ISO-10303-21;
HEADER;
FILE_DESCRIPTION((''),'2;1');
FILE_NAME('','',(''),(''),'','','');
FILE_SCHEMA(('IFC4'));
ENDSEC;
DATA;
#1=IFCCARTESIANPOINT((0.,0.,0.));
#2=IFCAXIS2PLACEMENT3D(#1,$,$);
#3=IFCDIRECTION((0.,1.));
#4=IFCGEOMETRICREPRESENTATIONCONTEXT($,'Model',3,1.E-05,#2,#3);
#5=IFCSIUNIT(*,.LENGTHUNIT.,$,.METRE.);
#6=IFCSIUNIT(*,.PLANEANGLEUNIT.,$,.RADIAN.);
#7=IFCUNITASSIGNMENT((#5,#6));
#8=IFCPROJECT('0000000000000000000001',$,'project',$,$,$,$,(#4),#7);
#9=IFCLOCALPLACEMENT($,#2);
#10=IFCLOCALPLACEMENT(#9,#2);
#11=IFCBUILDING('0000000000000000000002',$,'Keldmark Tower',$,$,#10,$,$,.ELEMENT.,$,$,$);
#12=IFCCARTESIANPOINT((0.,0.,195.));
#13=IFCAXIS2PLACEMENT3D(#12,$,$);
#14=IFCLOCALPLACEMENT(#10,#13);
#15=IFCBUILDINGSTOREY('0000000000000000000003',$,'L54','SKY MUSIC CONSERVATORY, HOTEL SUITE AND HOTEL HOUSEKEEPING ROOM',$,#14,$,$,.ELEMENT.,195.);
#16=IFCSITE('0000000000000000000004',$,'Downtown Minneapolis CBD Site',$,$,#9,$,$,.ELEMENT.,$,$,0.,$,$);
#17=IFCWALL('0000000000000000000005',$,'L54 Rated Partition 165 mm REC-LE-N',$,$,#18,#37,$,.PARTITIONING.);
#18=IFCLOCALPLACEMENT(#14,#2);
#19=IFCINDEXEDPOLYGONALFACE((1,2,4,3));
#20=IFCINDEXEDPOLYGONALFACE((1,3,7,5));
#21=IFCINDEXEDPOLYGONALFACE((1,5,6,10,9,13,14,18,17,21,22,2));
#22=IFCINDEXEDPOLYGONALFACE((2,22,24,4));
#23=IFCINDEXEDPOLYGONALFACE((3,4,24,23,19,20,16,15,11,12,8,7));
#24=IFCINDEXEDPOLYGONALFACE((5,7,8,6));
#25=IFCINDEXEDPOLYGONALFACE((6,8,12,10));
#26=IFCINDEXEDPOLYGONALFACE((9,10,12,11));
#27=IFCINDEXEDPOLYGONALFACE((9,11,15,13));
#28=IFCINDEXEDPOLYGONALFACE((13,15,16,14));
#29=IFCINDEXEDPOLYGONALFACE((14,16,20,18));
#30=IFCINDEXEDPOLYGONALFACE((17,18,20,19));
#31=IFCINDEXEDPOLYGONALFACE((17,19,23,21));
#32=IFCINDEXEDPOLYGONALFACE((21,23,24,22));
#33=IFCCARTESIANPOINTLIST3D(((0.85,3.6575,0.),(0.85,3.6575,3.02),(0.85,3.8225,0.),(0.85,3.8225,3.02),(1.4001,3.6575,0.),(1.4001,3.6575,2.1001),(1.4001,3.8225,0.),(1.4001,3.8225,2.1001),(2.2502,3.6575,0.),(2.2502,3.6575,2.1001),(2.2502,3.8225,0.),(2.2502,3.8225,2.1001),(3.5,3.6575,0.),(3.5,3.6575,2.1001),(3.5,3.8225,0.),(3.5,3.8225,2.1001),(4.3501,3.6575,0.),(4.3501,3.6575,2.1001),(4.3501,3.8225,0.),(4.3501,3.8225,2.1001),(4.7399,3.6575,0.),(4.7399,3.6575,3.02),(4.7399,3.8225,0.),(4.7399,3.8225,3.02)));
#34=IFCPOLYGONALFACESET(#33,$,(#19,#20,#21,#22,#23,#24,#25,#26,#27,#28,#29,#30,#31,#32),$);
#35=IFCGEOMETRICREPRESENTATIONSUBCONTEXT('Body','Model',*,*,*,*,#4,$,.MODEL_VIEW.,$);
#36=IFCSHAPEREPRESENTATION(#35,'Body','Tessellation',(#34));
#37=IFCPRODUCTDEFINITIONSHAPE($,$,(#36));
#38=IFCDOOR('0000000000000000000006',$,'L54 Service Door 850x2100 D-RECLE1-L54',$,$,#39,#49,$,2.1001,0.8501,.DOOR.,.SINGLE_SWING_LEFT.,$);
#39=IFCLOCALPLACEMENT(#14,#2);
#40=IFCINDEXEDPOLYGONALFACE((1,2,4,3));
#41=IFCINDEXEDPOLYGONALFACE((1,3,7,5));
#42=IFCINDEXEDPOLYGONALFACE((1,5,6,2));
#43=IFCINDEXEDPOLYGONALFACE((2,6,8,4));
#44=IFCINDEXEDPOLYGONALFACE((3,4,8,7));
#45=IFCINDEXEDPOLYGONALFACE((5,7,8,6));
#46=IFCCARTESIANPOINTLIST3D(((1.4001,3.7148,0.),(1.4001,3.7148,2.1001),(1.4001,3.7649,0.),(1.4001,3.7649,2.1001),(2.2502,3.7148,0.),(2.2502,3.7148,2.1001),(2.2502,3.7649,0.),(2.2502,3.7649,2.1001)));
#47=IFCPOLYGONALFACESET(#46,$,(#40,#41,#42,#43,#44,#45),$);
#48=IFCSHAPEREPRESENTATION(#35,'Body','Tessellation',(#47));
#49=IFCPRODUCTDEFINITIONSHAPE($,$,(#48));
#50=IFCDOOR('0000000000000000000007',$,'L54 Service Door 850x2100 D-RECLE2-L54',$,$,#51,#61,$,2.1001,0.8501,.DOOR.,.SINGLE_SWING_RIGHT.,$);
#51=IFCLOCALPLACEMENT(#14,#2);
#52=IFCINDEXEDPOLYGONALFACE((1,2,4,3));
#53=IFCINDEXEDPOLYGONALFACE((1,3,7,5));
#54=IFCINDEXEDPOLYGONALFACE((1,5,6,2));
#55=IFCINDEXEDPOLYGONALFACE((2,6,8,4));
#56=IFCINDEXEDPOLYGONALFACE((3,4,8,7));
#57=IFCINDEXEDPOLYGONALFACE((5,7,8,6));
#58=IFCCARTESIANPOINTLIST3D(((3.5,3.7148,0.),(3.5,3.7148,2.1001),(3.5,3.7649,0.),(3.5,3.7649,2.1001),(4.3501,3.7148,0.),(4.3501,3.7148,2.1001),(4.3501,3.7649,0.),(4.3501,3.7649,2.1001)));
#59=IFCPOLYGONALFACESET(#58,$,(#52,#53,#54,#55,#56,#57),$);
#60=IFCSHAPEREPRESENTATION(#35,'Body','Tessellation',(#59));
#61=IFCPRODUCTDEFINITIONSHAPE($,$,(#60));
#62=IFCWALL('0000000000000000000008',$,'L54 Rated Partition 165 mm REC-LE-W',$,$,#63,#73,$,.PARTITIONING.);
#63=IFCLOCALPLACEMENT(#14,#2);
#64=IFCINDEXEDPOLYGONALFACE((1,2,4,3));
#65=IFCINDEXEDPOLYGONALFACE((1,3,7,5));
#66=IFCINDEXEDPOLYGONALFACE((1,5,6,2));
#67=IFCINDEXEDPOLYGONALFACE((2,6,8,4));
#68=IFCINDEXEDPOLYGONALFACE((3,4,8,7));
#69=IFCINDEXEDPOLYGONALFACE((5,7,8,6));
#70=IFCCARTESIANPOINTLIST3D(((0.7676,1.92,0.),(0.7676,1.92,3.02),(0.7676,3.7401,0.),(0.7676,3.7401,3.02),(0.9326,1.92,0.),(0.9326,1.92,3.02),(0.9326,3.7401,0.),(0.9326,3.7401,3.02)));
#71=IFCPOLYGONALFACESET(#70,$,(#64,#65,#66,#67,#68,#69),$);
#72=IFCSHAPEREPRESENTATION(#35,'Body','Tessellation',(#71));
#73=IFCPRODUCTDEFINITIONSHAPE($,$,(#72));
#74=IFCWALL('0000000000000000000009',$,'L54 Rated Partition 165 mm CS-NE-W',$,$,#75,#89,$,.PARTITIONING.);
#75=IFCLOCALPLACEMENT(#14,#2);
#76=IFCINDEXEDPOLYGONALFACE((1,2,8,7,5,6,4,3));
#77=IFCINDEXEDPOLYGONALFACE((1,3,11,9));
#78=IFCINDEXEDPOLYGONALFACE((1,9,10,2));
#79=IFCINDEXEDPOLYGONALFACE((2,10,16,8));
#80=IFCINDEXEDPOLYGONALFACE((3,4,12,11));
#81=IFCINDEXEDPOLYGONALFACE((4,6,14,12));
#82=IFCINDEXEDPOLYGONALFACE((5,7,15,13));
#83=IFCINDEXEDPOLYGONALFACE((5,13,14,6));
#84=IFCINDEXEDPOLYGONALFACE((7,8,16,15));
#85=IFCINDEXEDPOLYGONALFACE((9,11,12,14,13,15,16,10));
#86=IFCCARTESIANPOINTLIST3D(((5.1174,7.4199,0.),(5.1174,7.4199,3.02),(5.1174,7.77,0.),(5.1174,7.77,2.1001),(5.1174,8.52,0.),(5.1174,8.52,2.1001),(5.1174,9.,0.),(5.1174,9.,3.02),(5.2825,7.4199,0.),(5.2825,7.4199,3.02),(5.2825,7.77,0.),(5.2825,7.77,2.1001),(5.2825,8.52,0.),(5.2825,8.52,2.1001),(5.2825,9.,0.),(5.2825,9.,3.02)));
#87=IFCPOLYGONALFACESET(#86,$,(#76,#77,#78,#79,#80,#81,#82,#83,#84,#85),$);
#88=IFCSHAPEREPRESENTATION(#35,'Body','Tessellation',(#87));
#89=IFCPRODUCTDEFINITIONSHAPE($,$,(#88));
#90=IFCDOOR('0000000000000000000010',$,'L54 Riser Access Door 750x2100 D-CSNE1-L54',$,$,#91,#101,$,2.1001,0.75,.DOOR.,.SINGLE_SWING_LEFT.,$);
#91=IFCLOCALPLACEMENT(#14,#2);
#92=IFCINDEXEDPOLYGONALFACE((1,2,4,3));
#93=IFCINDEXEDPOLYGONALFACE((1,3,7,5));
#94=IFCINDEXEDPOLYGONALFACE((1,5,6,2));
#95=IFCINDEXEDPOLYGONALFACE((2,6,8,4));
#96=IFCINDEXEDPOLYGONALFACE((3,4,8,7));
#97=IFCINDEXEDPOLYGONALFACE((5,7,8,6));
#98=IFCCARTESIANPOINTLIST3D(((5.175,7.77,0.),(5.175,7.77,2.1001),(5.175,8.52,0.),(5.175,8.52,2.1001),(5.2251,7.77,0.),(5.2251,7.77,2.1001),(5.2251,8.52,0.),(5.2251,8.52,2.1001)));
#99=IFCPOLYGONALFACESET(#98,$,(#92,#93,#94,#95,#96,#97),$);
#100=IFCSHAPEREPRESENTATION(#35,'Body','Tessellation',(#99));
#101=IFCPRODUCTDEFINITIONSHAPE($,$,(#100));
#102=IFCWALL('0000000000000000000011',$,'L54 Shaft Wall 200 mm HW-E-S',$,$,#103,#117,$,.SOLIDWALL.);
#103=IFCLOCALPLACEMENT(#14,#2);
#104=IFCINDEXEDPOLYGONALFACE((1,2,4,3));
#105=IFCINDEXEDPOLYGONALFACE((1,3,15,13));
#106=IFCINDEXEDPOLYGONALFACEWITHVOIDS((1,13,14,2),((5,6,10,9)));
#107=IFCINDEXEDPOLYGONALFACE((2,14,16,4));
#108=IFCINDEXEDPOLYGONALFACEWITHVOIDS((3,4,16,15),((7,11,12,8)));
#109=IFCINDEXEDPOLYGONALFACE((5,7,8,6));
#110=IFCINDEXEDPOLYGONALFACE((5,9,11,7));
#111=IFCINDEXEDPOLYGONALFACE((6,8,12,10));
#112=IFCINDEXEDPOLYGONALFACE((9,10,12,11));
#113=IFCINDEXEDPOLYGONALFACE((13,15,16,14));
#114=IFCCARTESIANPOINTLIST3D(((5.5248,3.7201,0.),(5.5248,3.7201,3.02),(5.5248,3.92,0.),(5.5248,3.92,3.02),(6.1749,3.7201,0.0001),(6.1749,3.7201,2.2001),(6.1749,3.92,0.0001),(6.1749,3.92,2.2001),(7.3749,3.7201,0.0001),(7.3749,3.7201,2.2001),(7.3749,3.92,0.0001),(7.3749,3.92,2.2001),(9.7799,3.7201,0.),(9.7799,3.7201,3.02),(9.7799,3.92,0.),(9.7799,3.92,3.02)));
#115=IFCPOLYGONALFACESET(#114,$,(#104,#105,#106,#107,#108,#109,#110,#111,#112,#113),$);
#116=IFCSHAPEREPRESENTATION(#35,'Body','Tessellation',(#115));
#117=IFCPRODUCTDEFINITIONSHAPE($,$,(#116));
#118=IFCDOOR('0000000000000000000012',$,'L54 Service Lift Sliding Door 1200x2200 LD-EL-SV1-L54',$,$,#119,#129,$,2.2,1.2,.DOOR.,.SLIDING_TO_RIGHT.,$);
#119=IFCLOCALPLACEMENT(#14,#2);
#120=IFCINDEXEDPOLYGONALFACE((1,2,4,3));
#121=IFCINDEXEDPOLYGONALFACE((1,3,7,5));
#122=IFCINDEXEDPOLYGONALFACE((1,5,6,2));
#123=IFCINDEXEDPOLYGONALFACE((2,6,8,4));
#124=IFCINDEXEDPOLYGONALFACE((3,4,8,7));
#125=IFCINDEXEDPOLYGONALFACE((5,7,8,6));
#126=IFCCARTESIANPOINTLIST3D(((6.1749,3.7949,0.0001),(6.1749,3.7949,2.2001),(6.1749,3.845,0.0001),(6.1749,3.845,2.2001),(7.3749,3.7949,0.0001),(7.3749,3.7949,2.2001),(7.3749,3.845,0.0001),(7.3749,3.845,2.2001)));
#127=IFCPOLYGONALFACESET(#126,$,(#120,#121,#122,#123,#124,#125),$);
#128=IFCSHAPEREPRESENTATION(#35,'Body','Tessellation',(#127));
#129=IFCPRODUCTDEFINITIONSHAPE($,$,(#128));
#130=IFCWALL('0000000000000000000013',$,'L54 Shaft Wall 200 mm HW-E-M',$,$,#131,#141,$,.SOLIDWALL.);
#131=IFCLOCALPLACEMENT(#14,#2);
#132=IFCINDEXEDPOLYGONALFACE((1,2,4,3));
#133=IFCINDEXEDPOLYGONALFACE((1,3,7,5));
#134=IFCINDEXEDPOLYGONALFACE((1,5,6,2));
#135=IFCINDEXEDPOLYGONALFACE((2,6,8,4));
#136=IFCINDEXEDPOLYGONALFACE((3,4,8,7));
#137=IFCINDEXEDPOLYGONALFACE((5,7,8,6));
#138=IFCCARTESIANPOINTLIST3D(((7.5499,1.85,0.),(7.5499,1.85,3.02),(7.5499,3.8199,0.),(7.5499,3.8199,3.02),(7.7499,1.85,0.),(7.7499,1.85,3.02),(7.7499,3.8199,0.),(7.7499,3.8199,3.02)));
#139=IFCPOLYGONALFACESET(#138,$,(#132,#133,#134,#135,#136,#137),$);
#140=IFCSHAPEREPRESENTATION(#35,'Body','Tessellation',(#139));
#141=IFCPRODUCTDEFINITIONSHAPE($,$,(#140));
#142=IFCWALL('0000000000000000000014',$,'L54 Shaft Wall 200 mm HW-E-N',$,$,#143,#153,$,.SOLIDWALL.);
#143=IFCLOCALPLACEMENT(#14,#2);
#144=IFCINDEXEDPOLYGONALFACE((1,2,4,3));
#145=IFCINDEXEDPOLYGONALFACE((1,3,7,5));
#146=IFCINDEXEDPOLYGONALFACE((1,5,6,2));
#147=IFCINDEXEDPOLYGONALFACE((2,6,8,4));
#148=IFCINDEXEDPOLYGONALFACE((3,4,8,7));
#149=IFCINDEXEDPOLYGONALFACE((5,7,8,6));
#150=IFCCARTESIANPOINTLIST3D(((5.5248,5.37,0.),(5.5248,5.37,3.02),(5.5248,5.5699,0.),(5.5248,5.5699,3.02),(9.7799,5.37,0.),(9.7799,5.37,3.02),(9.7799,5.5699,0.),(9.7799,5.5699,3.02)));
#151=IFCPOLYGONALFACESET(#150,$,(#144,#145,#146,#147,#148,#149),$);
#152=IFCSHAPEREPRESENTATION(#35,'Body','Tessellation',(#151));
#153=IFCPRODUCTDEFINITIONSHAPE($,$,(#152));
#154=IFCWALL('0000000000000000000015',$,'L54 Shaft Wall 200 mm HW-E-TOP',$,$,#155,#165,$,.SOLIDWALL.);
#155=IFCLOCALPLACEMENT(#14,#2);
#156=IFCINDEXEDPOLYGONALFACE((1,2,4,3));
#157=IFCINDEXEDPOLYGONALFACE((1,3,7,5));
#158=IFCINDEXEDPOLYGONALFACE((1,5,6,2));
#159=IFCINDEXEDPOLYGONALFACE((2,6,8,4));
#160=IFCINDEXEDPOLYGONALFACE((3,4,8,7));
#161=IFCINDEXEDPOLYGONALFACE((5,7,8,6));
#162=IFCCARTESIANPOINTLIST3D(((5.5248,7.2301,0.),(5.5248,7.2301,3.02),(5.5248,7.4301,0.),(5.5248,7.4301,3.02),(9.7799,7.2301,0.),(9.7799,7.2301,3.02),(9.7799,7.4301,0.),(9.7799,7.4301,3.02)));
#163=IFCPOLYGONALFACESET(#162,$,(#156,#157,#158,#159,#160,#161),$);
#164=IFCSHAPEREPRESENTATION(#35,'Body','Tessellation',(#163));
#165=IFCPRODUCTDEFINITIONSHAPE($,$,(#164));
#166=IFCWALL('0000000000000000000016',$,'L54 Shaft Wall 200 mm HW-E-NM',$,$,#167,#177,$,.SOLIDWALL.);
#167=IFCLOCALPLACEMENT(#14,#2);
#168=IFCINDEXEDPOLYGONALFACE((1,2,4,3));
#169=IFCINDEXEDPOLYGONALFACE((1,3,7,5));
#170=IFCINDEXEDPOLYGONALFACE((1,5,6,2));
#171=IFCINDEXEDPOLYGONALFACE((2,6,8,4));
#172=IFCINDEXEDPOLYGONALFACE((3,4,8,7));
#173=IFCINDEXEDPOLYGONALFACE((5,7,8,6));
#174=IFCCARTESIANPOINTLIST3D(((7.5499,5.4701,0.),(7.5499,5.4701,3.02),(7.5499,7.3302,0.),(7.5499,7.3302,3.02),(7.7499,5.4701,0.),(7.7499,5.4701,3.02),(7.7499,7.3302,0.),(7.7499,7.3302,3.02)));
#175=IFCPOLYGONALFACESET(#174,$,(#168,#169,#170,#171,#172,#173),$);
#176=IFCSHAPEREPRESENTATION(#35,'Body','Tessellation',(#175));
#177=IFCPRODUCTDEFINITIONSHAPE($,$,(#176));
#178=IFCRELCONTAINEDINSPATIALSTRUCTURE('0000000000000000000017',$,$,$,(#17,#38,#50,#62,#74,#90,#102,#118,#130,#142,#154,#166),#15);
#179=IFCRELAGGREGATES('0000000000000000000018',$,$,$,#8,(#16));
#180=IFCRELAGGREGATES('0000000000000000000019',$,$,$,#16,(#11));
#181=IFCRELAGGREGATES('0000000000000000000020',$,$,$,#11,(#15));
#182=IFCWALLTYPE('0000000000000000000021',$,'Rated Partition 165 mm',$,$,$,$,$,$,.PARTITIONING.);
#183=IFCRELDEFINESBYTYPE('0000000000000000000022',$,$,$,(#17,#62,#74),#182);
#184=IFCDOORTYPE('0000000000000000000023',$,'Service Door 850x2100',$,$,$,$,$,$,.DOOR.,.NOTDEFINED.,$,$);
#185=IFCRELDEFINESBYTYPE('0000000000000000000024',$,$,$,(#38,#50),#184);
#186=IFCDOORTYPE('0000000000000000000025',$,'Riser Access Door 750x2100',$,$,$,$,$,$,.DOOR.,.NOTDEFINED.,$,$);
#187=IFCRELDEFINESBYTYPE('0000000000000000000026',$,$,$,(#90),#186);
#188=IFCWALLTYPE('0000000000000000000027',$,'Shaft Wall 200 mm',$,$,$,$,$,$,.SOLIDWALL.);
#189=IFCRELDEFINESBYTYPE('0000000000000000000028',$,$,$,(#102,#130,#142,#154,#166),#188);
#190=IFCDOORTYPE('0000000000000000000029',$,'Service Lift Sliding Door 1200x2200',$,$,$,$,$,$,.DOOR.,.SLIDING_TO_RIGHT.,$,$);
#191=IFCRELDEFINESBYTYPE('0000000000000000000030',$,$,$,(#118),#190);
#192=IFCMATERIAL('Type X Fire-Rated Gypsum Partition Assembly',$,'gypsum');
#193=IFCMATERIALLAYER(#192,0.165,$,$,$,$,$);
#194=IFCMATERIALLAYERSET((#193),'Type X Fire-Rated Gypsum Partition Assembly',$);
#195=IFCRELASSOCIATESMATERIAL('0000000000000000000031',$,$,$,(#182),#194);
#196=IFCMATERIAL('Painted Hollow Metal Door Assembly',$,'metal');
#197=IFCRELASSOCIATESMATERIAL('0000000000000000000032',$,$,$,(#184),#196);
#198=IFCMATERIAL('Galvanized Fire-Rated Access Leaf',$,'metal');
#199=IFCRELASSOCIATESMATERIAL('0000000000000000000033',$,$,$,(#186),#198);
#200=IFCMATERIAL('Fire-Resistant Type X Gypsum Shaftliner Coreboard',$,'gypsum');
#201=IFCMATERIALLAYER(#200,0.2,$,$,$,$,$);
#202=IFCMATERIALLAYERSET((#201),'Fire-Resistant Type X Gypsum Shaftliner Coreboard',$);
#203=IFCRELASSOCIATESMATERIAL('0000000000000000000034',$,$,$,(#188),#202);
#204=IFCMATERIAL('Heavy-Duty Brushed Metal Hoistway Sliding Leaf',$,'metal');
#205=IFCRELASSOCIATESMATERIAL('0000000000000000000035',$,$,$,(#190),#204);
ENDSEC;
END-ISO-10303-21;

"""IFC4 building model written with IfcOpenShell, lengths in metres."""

from ifc_helpers import new_model, si_unit, direction, frame, frame_2d, origin, place, context, subcontext, project, spatial, rectangle, extrude, material, layer, layer_set, type_object, element, fill, save


model = new_model("IFC4")

# Units and contexts
model_context = context("Model", 3, precision=1e-05, world=origin(), true_north=direction((0.0, 1.0)))
body_context = subcontext(model_context, "Body", "Model", "MODEL_VIEW")
ifc_project = project(units=[si_unit("LENGTHUNIT", "METRE"), si_unit("PLANEANGLEUNIT", "RADIAN")], contexts=[model_context])

# Site, building, storey
site_placement = place(None, origin())
site = spatial("IfcSite", under=ifc_project, at=site_placement, Name="Downtown Minneapolis CBD Site", CompositionType="ELEMENT", RefElevation=0.0)
building_placement = place(site_placement, origin())
building = spatial("IfcBuilding", under=site, at=building_placement, Name="Keldmark Tower", CompositionType="ELEMENT")
storey_placement = place(building_placement, frame((0.0, 0.0, 195.0)))
storey = spatial("IfcBuildingStorey", under=building, at=storey_placement, Name="L54", Description="SKY MUSIC CONSERVATORY, HOTEL SUITE AND HOTEL HOUSEKEEPING ROOM", CompositionType="ELEMENT", Elevation=195.0)

# Shared definitions
ifc_material_1 = material(Name="Type X Fire-Rated Gypsum Partition Assembly", Category="gypsum")
ifc_layer_1 = layer(ifc_material_1, 0.165)
ifc_layer_set_1 = layer_set([ifc_layer_1], Name="Type X Fire-Rated Gypsum Partition Assembly")
wall_type_1 = type_object("IfcWallType", Name="Rated Partition 165 mm", PredefinedType="PARTITIONING", material=ifc_layer_set_1)

# Wall, openings, doors
wall_1_placement = place(storey_placement, frame((0.8501, 3.74, 0.0), z_axis=(0.0, 0.0, 1.0), x_axis=(1.0, 0.0, 0.0)))
wall_1 = element("IfcWall", 1, at=wall_1_placement, inside=storey, type_object=wall_type_1, Name="L54 Rated Partition 165 mm REC-LE-N", PredefinedType="PARTITIONING", context=body_context, shape_type="SweptSolid", body=[
    extrude(rectangle(XDim=3.8899, YDim=0.165, at=frame_2d((1.9448, 0.0))), origin(), (0.0, 0.0, 1.0), 3.02),
])
opening_1_placement = place(wall_1_placement, frame((0.55, 0.0, 0.0)))
opening_1 = element("IfcOpeningElement", 2, at=opening_1_placement, cuts=wall_1, PredefinedType="OPENING", context=body_context, shape_type="SweptSolid", body=[
    extrude(rectangle(XDim=0.8501, YDim=2.1001, at=frame_2d((0.425, 1.05))), frame((0.0, 0.0925, 0.0), z_axis=(0.0, -1.0, 0.0), x_axis=(1.0, 0.0, 0.0)), (0.0, 0.0, 1.0), 0.1851),
])
opening_2_placement = place(wall_1_placement, frame((2.6499, 0.0, 0.0)))
opening_2 = element("IfcOpeningElement", 3, at=opening_2_placement, cuts=wall_1, PredefinedType="OPENING", context=body_context, shape_type="SweptSolid", body=[
    extrude(rectangle(XDim=0.8501, YDim=2.1001, at=frame_2d((0.425, 1.05))), frame((0.0, 0.0925, 0.0), z_axis=(0.0, -1.0, 0.0), x_axis=(1.0, 0.0, 0.0)), (0.0, 0.0, 1.0), 0.1851),
])
ifc_material_2 = material(Name="Painted Hollow Metal Door Assembly", Category="metal")
door_type_1 = type_object("IfcDoorType", Name="Service Door 850x2100", OperationType="NOTDEFINED", PredefinedType="DOOR", material=ifc_material_2)
door_1_placement = place(opening_1_placement, origin())
door_1 = element("IfcDoor", 4, at=door_1_placement, inside=storey, type_object=door_type_1, Name="L54 Service Door 850x2100 D-RECLE1-L54", OperationType="SINGLE_SWING_LEFT", OverallHeight=2.1001, OverallWidth=0.8501, PredefinedType="DOOR", context=body_context, shape_type="SweptSolid", body=[
    extrude(rectangle(XDim=0.8501, YDim=2.1001, at=frame_2d((0.425, 1.05))), frame((0.0, 0.0249, 0.0), z_axis=(0.0, -1.0, 0.0), x_axis=(1.0, 0.0, 0.0)), (0.0, 0.0, 1.0), 0.05),
])
fill(opening_1, door_1)
door_2_placement = place(opening_2_placement, origin())
door_2 = element("IfcDoor", 5, at=door_2_placement, inside=storey, type_object=door_type_1, Name="L54 Service Door 850x2100 D-RECLE2-L54", OperationType="SINGLE_SWING_RIGHT", OverallHeight=2.1001, OverallWidth=0.8501, PredefinedType="DOOR", context=body_context, shape_type="SweptSolid", body=[
    extrude(rectangle(XDim=0.8501, YDim=2.1001, at=frame_2d((0.425, 1.05))), frame((0.0, 0.0249, 0.0), z_axis=(0.0, -1.0, 0.0), x_axis=(1.0, 0.0, 0.0)), (0.0, 0.0, 1.0), 0.05),
])
fill(opening_2, door_2)

# Wall
wall_2_placement = place(storey_placement, frame((0.8501, 1.9199, 0.0), z_axis=(0.0, 0.0, 1.0), x_axis=(0.0, 1.0, 0.0)))
element("IfcWall", 6, at=wall_2_placement, inside=storey, type_object=wall_type_1, Name="L54 Rated Partition 165 mm REC-LE-W", PredefinedType="PARTITIONING", context=body_context, shape_type="SweptSolid", body=[
    extrude(rectangle(XDim=1.8201, YDim=0.165, at=frame_2d((0.9102, 0.0))), origin(), (0.0, 0.0, 1.0), 3.02),
])

# Walls, openings, doors
wall_3_placement = place(storey_placement, frame((5.2, 7.4199, 0.0), z_axis=(0.0, 0.0, 1.0), x_axis=(0.0, 1.0, 0.0)))
wall_3 = element("IfcWall", 7, at=wall_3_placement, inside=storey, type_object=wall_type_1, Name="L54 Rated Partition 165 mm CS-NE-W", PredefinedType="PARTITIONING", context=body_context, shape_type="SweptSolid", body=[
    extrude(rectangle(XDim=1.5801, YDim=0.165, at=frame_2d((0.79, 0.0))), origin(), (0.0, 0.0, 1.0), 3.02),
])
opening_3_placement = place(wall_3_placement, frame((0.3501, 0.0, 0.0)))
opening_3 = element("IfcOpeningElement", 8, at=opening_3_placement, cuts=wall_3, PredefinedType="OPENING", context=body_context, shape_type="SweptSolid", body=[
    extrude(rectangle(XDim=0.75, YDim=2.1001, at=frame_2d((0.375, 1.05))), frame((0.0, 0.0925, 0.0), z_axis=(0.0, -1.0, 0.0), x_axis=(1.0, 0.0, 0.0)), (0.0, 0.0, 1.0), 0.1851),
])
ifc_material_3 = material(Name="Galvanized Fire-Rated Access Leaf", Category="metal")
door_type_2 = type_object("IfcDoorType", Name="Riser Access Door 750x2100", OperationType="NOTDEFINED", PredefinedType="DOOR", material=ifc_material_3)
door_3_placement = place(opening_3_placement, origin())
door_3 = element("IfcDoor", 9, at=door_3_placement, inside=storey, type_object=door_type_2, Name="L54 Riser Access Door 750x2100 D-CSNE1-L54", OperationType="SINGLE_SWING_LEFT", OverallHeight=2.1001, OverallWidth=0.75, PredefinedType="DOOR", context=body_context, shape_type="SweptSolid", body=[
    extrude(rectangle(XDim=0.75, YDim=2.1001, at=frame_2d((0.375, 1.05))), frame((0.0, 0.0249, 0.0), z_axis=(0.0, -1.0, 0.0), x_axis=(1.0, 0.0, 0.0)), (0.0, 0.0, 1.0), 0.05),
])
fill(opening_3, door_3)
ifc_material_4 = material(Name="Fire-Resistant Type X Gypsum Shaftliner Coreboard", Category="gypsum")
ifc_layer_2 = layer(ifc_material_4, 0.2)
ifc_layer_set_2 = layer_set([ifc_layer_2], Name="Fire-Resistant Type X Gypsum Shaftliner Coreboard")
wall_type_2 = type_object("IfcWallType", Name="Shaft Wall 200 mm", PredefinedType="SOLIDWALL", material=ifc_layer_set_2)
wall_4_placement = place(storey_placement, frame((5.5249, 3.8201, 0.0), z_axis=(0.0, 0.0, 1.0), x_axis=(1.0, 0.0, 0.0)))
wall_4 = element("IfcWall", 10, at=wall_4_placement, inside=storey, type_object=wall_type_2, Name="L54 Shaft Wall 200 mm HW-E-S", PredefinedType="SOLIDWALL", context=body_context, shape_type="SweptSolid", body=[
    extrude(rectangle(XDim=4.2551, YDim=0.2, at=frame_2d((2.1274, 0.0))), origin(), (0.0, 0.0, 1.0), 3.02),
])
opening_4_placement = place(wall_4_placement, frame((0.6499, 0.0, 0.0)))
opening_4 = element("IfcOpeningElement", 11, at=opening_4_placement, cuts=wall_4, PredefinedType="OPENING", context=body_context, shape_type="SweptSolid", body=[
    extrude(rectangle(XDim=1.2, YDim=2.2, at=frame_2d((0.6001, 1.1001))), frame((0.0, 0.1099, 0.0), z_axis=(0.0, -1.0, 0.0), x_axis=(1.0, 0.0, 0.0)), (0.0, 0.0, 1.0), 0.22),
])
ifc_material_5 = material(Name="Heavy-Duty Brushed Metal Hoistway Sliding Leaf", Category="metal")
door_type_3 = type_object("IfcDoorType", Name="Service Lift Sliding Door 1200x2200", OperationType="SLIDING_TO_RIGHT", PredefinedType="DOOR", material=ifc_material_5)
door_4_placement = place(opening_4_placement, origin())
door_4 = element("IfcDoor", 12, at=door_4_placement, inside=storey, type_object=door_type_3, Name="L54 Service Lift Sliding Door 1200x2200 LD-EL-SV1-L54", OperationType="SLIDING_TO_RIGHT", OverallHeight=2.2, OverallWidth=1.2, PredefinedType="DOOR", context=body_context, shape_type="SweptSolid", body=[
    extrude(rectangle(XDim=1.2, YDim=2.2, at=frame_2d((0.6001, 1.1001))), frame((0.0, 0.0249, 0.0), z_axis=(0.0, -1.0, 0.0), x_axis=(1.0, 0.0, 0.0)), (0.0, 0.0, 1.0), 0.05),
])
fill(opening_4, door_4)

# Walls
wall_5_placement = place(storey_placement, frame((7.6499, 1.8501, 0.0), z_axis=(0.0, 0.0, 1.0), x_axis=(0.0, 1.0, 0.0)))
element("IfcWall", 13, at=wall_5_placement, inside=storey, type_object=wall_type_2, Name="L54 Shaft Wall 200 mm HW-E-M", PredefinedType="SOLIDWALL", context=body_context, shape_type="SweptSolid", body=[
    extrude(rectangle(XDim=1.97, YDim=0.2, at=frame_2d((0.9849, 0.0))), origin(), (0.0, 0.0, 1.0), 3.02),
])
for number, where, z_axis, x_axis, name in (
    (14, (5.5249, 5.47, 0.0), (0.0, 0.0, 1.0), (1.0, 0.0, 0.0), "L54 Shaft Wall 200 mm HW-E-N"),
    (15, (5.5249, 7.3301, 0.0), (0.0, 0.0, 1.0), (1.0, 0.0, 0.0), "L54 Shaft Wall 200 mm HW-E-TOP"),
):
    element("IfcWall", number, at=place(storey_placement, frame(where, z_axis=z_axis, x_axis=x_axis)), inside=storey, type_object=wall_type_2, Name=name, PredefinedType="SOLIDWALL", context=body_context, shape_type="SweptSolid", body=[
        extrude(rectangle(XDim=4.2551, YDim=0.2, at=frame_2d((2.1274, 0.0))), origin(), (0.0, 0.0, 1.0), 3.02),
    ])
wall_6_placement = place(storey_placement, frame((7.6499, 5.47, 0.0), z_axis=(0.0, 0.0, 1.0), x_axis=(0.0, 1.0, 0.0)))
element("IfcWall", 16, at=wall_6_placement, inside=storey, type_object=wall_type_2, Name="L54 Shaft Wall 200 mm HW-E-NM", PredefinedType="SOLIDWALL", context=body_context, shape_type="SweptSolid", body=[
    extrude(rectangle(XDim=1.8601, YDim=0.2, at=frame_2d((0.9302, 0.0))), origin(), (0.0, 0.0, 1.0), 3.02),
])

save(model, "model.ifc")
